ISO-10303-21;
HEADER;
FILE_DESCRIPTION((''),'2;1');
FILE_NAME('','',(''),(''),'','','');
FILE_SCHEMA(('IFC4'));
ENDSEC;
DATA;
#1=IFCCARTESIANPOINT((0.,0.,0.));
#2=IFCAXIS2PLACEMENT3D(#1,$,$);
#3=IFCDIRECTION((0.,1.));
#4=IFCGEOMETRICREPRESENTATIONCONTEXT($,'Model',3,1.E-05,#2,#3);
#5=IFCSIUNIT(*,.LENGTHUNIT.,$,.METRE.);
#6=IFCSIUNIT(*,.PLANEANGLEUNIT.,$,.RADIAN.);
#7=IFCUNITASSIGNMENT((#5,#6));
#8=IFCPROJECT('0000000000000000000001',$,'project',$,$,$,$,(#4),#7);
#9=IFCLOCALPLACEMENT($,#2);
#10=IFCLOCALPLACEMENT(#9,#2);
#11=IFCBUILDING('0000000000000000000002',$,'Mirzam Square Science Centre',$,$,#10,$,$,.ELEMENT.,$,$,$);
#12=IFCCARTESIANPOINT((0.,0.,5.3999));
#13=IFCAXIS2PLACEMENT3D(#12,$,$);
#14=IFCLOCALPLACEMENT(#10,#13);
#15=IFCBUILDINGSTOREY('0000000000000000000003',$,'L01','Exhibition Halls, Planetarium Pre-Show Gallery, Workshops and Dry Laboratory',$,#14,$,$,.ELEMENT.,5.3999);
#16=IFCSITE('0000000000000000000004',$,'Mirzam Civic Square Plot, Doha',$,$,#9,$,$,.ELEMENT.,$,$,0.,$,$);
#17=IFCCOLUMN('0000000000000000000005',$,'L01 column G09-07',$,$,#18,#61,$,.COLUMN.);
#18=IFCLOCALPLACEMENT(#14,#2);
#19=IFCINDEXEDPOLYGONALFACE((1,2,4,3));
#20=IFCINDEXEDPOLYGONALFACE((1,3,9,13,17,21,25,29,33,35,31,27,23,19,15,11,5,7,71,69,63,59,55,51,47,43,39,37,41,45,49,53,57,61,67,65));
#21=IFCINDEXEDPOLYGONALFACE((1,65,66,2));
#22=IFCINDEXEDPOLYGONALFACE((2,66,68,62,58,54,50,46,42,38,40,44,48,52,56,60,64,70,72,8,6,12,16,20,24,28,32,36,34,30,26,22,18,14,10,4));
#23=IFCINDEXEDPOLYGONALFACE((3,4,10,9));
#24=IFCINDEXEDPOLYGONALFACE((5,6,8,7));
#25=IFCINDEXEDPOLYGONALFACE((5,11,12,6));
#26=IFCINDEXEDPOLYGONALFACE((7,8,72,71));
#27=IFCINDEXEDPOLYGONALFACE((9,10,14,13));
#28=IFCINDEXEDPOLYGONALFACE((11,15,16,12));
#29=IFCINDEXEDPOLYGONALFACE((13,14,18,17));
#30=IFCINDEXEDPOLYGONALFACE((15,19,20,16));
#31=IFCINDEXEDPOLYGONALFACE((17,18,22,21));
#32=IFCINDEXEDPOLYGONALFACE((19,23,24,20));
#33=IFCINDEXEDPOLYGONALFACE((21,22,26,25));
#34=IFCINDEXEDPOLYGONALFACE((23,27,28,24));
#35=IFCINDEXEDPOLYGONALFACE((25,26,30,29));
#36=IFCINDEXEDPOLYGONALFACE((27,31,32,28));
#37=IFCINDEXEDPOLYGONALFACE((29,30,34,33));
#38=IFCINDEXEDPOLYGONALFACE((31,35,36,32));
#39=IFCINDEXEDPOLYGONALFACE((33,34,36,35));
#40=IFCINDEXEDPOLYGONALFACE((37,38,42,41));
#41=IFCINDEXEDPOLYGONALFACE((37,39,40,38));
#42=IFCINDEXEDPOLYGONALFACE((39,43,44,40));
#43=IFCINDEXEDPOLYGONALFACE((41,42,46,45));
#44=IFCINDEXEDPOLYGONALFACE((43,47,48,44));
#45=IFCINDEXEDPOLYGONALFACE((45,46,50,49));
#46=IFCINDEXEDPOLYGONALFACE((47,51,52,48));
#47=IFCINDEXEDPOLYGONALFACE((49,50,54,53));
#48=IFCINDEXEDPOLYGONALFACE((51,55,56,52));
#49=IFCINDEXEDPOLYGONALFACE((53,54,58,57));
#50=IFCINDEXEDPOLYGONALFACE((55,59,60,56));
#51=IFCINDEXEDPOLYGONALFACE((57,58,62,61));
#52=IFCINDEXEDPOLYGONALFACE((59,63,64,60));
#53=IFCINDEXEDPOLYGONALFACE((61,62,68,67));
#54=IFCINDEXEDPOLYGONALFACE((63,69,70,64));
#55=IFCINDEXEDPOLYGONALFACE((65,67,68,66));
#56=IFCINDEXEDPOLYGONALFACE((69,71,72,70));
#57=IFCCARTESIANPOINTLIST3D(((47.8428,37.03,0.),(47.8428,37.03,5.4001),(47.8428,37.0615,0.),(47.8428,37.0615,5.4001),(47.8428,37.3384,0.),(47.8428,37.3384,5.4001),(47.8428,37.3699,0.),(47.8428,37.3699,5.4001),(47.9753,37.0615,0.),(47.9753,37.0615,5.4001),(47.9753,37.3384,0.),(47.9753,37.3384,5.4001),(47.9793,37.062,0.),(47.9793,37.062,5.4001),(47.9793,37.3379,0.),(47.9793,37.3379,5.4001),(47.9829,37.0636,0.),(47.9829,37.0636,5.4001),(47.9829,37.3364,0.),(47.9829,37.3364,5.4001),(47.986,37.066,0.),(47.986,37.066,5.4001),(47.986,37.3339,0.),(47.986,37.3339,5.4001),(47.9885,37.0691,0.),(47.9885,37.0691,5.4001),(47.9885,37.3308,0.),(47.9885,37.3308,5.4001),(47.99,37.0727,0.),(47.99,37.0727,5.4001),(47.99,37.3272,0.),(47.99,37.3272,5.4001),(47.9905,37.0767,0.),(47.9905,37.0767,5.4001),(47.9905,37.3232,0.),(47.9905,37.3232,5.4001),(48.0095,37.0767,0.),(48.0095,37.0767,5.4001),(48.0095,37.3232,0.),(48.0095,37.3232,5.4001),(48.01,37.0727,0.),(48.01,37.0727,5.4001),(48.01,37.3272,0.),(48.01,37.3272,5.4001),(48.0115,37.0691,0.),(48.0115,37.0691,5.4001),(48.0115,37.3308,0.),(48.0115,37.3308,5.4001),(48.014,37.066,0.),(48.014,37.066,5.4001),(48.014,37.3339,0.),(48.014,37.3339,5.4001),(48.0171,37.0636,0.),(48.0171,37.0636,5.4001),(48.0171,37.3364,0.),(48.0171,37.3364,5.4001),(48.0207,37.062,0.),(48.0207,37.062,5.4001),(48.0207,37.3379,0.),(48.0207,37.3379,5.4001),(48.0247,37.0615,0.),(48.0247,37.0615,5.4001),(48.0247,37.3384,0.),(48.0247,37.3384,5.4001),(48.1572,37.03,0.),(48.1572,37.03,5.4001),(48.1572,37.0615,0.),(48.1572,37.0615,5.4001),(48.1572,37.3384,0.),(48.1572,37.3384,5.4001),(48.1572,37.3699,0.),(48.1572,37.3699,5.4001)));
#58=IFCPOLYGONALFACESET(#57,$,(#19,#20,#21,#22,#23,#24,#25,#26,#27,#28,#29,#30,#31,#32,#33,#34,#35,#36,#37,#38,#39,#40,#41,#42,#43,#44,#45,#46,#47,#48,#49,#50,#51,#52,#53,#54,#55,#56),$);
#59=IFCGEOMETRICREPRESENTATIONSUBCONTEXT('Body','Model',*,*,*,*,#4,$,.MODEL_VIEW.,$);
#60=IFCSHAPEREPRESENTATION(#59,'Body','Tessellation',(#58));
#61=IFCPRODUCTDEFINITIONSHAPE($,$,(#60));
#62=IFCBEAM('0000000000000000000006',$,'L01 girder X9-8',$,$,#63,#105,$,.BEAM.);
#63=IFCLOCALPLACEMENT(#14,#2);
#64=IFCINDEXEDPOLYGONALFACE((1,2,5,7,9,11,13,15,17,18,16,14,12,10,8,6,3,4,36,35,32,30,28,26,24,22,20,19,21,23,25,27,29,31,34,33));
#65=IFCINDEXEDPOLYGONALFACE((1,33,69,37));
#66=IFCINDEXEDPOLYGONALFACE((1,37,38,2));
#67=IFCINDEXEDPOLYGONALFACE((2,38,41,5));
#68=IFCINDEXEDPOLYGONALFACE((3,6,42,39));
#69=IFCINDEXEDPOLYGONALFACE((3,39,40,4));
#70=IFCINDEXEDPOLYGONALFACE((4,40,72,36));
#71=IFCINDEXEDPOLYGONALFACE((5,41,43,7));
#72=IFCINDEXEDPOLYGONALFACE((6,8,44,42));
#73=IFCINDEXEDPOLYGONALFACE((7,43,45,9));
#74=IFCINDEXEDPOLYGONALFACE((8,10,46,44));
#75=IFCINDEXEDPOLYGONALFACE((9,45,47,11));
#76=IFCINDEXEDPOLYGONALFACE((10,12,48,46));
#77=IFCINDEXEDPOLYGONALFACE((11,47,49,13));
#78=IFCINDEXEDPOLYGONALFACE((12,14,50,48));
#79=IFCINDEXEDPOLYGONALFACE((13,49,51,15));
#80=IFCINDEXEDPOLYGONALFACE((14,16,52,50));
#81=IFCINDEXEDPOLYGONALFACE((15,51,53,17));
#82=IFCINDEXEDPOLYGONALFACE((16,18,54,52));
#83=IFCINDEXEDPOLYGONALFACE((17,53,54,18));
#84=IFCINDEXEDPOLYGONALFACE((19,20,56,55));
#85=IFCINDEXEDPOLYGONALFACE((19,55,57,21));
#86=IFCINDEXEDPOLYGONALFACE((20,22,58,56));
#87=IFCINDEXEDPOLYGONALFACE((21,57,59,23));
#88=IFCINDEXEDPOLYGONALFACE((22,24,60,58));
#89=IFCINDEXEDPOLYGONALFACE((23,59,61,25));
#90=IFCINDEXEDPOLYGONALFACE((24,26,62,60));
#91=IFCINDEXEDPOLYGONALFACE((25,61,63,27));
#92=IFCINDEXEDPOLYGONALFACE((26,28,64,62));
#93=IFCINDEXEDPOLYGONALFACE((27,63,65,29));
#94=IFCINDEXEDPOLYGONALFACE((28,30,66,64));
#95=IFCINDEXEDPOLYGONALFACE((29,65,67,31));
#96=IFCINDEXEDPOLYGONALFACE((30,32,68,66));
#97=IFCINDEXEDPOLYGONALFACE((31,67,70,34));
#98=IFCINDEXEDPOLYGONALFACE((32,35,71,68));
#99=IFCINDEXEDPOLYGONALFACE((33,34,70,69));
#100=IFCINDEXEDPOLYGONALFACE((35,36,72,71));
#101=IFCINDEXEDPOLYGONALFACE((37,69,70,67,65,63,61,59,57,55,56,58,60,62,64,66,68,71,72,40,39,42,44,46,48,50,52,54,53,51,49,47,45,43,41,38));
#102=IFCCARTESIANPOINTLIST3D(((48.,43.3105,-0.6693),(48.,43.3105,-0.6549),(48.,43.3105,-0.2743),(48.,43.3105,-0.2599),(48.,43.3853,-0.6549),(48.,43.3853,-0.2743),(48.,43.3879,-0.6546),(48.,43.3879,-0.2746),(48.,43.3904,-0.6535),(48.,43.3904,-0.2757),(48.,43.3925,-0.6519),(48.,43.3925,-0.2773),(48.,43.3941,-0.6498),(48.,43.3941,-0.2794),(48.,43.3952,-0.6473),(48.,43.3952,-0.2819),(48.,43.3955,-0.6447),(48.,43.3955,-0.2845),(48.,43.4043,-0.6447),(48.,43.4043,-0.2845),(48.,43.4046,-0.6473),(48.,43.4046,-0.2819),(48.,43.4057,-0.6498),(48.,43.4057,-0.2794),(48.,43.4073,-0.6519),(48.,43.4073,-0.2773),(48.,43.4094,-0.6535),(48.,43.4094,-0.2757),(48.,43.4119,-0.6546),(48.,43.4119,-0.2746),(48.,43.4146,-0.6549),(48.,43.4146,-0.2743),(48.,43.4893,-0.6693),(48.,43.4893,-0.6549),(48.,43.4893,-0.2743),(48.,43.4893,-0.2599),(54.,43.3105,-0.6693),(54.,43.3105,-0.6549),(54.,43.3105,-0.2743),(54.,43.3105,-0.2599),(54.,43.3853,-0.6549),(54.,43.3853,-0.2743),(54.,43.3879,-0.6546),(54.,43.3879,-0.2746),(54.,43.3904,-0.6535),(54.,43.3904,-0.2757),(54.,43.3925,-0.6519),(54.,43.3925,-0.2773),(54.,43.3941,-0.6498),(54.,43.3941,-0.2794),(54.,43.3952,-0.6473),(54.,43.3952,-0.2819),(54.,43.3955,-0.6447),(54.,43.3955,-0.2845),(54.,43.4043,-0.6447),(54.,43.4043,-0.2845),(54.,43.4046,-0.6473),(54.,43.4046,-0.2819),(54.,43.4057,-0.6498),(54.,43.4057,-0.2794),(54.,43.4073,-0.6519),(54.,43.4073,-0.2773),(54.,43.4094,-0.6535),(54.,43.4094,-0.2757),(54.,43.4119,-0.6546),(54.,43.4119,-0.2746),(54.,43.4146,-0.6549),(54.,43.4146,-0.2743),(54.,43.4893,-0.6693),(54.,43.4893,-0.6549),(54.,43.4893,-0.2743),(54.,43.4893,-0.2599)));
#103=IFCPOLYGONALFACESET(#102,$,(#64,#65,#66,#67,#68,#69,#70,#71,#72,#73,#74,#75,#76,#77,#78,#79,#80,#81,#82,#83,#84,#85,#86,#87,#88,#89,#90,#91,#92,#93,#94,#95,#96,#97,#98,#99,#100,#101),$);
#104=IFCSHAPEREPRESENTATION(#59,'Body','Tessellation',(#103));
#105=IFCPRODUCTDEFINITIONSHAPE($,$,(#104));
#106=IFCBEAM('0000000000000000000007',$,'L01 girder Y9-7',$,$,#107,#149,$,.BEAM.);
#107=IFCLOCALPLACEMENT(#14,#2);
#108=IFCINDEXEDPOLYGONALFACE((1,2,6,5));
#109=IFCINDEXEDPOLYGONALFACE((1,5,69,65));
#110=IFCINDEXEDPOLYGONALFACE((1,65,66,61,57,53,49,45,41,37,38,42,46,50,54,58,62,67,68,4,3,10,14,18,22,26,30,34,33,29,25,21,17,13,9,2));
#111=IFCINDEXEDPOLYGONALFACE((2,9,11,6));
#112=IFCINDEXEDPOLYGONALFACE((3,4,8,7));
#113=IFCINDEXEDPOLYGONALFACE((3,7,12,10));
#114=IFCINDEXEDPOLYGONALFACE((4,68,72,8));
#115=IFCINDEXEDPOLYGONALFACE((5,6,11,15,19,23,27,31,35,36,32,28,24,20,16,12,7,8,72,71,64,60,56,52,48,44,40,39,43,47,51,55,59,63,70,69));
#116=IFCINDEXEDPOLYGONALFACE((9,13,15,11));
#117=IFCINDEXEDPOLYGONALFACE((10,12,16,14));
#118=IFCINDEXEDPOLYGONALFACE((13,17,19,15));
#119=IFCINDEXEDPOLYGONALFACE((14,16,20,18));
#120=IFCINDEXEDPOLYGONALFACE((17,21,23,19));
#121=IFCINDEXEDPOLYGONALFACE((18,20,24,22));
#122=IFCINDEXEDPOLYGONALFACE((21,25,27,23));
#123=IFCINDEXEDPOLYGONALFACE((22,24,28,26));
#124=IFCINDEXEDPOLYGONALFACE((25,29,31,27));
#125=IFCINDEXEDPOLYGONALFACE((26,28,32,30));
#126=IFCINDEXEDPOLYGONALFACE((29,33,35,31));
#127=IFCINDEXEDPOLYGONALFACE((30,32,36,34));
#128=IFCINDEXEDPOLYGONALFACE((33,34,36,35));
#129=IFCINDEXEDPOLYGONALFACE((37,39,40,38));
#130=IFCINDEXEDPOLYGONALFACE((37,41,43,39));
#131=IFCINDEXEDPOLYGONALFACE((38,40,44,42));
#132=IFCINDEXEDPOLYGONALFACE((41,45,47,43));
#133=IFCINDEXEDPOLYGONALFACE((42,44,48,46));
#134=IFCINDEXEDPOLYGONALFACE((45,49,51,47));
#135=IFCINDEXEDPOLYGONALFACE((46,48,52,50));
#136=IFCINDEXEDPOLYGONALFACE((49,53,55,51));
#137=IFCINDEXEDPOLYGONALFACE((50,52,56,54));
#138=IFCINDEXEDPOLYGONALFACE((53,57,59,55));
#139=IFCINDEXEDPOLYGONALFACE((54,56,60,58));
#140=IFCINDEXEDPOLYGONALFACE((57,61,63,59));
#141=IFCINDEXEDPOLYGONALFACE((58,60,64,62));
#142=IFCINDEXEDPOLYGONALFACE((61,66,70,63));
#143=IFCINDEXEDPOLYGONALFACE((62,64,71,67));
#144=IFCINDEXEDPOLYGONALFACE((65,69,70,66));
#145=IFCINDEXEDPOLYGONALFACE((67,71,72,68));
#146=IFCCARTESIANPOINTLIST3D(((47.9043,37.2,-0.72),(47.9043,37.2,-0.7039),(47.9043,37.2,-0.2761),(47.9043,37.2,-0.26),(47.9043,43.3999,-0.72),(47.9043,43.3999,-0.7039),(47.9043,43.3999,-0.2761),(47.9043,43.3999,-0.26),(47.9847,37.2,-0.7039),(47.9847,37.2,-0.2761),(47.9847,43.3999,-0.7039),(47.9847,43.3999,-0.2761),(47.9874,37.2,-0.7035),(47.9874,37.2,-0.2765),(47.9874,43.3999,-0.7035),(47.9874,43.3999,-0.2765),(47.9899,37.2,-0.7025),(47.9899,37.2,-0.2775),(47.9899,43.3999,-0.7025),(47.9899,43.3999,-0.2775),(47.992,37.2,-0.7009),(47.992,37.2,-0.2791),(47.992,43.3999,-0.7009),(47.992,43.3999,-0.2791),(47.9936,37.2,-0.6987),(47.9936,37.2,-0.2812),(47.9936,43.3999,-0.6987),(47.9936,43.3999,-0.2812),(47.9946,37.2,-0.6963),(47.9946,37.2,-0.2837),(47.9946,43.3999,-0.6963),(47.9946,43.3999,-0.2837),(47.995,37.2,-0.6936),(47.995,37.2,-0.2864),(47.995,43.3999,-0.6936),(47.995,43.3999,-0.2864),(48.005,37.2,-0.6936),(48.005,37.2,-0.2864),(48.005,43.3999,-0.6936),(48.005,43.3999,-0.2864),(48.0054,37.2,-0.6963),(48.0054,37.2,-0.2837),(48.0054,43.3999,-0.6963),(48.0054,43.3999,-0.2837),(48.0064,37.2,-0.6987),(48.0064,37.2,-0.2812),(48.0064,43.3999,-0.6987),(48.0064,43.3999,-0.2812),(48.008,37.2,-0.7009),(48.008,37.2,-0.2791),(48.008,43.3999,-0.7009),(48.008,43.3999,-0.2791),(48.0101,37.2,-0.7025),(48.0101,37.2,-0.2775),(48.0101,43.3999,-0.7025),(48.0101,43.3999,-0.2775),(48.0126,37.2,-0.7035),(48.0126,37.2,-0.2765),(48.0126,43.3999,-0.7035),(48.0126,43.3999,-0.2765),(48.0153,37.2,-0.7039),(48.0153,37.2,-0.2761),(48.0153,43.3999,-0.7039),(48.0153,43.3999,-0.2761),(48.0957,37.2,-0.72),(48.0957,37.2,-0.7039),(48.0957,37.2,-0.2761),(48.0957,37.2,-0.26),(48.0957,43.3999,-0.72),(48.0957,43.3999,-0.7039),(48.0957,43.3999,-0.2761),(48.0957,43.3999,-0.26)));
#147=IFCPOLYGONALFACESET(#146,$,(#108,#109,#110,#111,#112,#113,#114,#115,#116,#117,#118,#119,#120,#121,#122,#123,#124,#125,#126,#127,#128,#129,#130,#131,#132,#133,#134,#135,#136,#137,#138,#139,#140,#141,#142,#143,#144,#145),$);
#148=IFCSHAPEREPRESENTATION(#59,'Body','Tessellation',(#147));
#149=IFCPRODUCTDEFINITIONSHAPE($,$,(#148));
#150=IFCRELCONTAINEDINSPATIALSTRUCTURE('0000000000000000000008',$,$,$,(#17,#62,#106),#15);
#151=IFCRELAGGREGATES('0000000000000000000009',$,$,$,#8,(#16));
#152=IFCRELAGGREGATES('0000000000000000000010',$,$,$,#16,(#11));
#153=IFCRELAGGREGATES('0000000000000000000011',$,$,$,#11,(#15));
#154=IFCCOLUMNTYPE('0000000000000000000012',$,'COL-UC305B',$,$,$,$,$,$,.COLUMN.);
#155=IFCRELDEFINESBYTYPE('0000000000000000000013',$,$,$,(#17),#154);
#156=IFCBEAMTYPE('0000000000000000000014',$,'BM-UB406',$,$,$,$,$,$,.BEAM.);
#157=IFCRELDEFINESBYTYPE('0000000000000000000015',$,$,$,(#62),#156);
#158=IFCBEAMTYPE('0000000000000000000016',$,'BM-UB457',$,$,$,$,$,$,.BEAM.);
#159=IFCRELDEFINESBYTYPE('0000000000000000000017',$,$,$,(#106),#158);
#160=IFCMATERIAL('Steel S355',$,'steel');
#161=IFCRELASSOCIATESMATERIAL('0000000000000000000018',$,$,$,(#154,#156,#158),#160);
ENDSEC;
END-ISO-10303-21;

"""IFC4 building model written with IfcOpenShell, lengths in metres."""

from ifc_helpers import new_model, si_unit, direction, frame, origin, origin_2d, place, context, subcontext, project, spatial, i_section, extrude, material, material_profile, profile_set, type_object, element, save


model = new_model("IFC4")

# Units and contexts
model_context = context("Model", 3, precision=1e-05, world=origin(), true_north=direction((0.0, 1.0)))
body_context = subcontext(model_context, "Body", "Model", "MODEL_VIEW")
ifc_project = project(units=[si_unit("LENGTHUNIT", "METRE"), si_unit("PLANEANGLEUNIT", "RADIAN")], contexts=[model_context])

# Site, building, storey
site_placement = place(None, origin())
site = spatial("IfcSite", under=ifc_project, at=site_placement, Name="Mirzam Civic Square Plot, Doha", CompositionType="ELEMENT", RefElevation=0.0)
building_placement = place(site_placement, origin())
building = spatial("IfcBuilding", under=site, at=building_placement, Name="Mirzam Square Science Centre", CompositionType="ELEMENT")
storey_placement = place(building_placement, frame((0.0, 0.0, 5.3999)))
storey = spatial("IfcBuildingStorey", under=building, at=storey_placement, Name="L01", Description="Exhibition Halls, Planetarium Pre-Show Gallery, Workshops and Dry Laboratory", CompositionType="ELEMENT", Elevation=5.3999)

# Column
ifc_material_1 = material(Name="Steel S355", Category="steel")
ifc_material_profile_1 = material_profile(ifc_material_1, i_section(OverallWidth=0.3145, OverallDepth=0.3398, WebThickness=0.019, FlangeThickness=0.0315, FilletRadius=0.0151, at=origin_2d()), Name="305x305x198UC")
ifc_profile_set_1 = profile_set([ifc_material_profile_1], Name="Steel S355")
column_type_1 = type_object("IfcColumnType", Name="COL-UC305B", PredefinedType="COLUMN", material=ifc_profile_set_1)
column_1_placement = place(storey_placement, frame((48.0, 37.2, 0.0), z_axis=(0.0, 0.0, 1.0), x_axis=(1.0, 0.0, 0.0)))
element("IfcColumn", 1, at=column_1_placement, inside=storey, type_object=column_type_1, Name="L01 column G09-07", PredefinedType="COLUMN", context=body_context, shape_type="SweptSolid", body=[
    extrude(i_section(OverallWidth=0.3145, OverallDepth=0.3398, WebThickness=0.019, FlangeThickness=0.0315, FilletRadius=0.0151, at=origin_2d()), origin(), (0.0, 0.0, 1.0), 5.4001),
])

# Beams
ifc_material_profile_2 = material_profile(ifc_material_1, i_section(OverallWidth=0.1787, OverallDepth=0.4094, WebThickness=0.0088, FlangeThickness=0.0144, FilletRadius=0.0103, at=origin_2d()), Name="406x178x67UB")
ifc_profile_set_2 = profile_set([ifc_material_profile_2], Name="Steel S355")
beam_type_1 = type_object("IfcBeamType", Name="BM-UB406", PredefinedType="BEAM", material=ifc_profile_set_2)
beam_1_placement = place(storey_placement, frame((48.0, 43.3999, -0.4646), z_axis=(1.0, 0.0, 0.0), x_axis=(0.0, 1.0, 0.0)))
element("IfcBeam", 2, at=beam_1_placement, inside=storey, type_object=beam_type_1, Name="L01 girder X9-8", PredefinedType="BEAM", context=body_context, shape_type="SweptSolid", body=[
    extrude(i_section(OverallWidth=0.1787, OverallDepth=0.4094, WebThickness=0.0088, FlangeThickness=0.0144, FilletRadius=0.0103, at=origin_2d()), origin(), (0.0, 0.0, 1.0), 6.0),
])
ifc_material_profile_3 = material_profile(ifc_material_1, i_section(OverallWidth=0.1914, OverallDepth=0.46, WebThickness=0.01, FlangeThickness=0.0161, FilletRadius=0.0103, at=origin_2d()), Name="457x191x82UB")
ifc_profile_set_3 = profile_set([ifc_material_profile_3], Name="Steel S355")
beam_type_2 = type_object("IfcBeamType", Name="BM-UB457", PredefinedType="BEAM", material=ifc_profile_set_3)
beam_2_placement = place(storey_placement, frame((48.0, 37.2, -0.49), z_axis=(0.0, 1.0, 0.0), x_axis=(-1.0, 0.0, 0.0)))
element("IfcBeam", 3, at=beam_2_placement, inside=storey, type_object=beam_type_2, Name="L01 girder Y9-7", PredefinedType="BEAM", context=body_context, shape_type="SweptSolid", body=[
    extrude(i_section(OverallWidth=0.1914, OverallDepth=0.46, WebThickness=0.01, FlangeThickness=0.0161, FilletRadius=0.0103, at=origin_2d()), origin(), (0.0, 0.0, 1.0), 6.2),
])

save(model, "model.ifc")
